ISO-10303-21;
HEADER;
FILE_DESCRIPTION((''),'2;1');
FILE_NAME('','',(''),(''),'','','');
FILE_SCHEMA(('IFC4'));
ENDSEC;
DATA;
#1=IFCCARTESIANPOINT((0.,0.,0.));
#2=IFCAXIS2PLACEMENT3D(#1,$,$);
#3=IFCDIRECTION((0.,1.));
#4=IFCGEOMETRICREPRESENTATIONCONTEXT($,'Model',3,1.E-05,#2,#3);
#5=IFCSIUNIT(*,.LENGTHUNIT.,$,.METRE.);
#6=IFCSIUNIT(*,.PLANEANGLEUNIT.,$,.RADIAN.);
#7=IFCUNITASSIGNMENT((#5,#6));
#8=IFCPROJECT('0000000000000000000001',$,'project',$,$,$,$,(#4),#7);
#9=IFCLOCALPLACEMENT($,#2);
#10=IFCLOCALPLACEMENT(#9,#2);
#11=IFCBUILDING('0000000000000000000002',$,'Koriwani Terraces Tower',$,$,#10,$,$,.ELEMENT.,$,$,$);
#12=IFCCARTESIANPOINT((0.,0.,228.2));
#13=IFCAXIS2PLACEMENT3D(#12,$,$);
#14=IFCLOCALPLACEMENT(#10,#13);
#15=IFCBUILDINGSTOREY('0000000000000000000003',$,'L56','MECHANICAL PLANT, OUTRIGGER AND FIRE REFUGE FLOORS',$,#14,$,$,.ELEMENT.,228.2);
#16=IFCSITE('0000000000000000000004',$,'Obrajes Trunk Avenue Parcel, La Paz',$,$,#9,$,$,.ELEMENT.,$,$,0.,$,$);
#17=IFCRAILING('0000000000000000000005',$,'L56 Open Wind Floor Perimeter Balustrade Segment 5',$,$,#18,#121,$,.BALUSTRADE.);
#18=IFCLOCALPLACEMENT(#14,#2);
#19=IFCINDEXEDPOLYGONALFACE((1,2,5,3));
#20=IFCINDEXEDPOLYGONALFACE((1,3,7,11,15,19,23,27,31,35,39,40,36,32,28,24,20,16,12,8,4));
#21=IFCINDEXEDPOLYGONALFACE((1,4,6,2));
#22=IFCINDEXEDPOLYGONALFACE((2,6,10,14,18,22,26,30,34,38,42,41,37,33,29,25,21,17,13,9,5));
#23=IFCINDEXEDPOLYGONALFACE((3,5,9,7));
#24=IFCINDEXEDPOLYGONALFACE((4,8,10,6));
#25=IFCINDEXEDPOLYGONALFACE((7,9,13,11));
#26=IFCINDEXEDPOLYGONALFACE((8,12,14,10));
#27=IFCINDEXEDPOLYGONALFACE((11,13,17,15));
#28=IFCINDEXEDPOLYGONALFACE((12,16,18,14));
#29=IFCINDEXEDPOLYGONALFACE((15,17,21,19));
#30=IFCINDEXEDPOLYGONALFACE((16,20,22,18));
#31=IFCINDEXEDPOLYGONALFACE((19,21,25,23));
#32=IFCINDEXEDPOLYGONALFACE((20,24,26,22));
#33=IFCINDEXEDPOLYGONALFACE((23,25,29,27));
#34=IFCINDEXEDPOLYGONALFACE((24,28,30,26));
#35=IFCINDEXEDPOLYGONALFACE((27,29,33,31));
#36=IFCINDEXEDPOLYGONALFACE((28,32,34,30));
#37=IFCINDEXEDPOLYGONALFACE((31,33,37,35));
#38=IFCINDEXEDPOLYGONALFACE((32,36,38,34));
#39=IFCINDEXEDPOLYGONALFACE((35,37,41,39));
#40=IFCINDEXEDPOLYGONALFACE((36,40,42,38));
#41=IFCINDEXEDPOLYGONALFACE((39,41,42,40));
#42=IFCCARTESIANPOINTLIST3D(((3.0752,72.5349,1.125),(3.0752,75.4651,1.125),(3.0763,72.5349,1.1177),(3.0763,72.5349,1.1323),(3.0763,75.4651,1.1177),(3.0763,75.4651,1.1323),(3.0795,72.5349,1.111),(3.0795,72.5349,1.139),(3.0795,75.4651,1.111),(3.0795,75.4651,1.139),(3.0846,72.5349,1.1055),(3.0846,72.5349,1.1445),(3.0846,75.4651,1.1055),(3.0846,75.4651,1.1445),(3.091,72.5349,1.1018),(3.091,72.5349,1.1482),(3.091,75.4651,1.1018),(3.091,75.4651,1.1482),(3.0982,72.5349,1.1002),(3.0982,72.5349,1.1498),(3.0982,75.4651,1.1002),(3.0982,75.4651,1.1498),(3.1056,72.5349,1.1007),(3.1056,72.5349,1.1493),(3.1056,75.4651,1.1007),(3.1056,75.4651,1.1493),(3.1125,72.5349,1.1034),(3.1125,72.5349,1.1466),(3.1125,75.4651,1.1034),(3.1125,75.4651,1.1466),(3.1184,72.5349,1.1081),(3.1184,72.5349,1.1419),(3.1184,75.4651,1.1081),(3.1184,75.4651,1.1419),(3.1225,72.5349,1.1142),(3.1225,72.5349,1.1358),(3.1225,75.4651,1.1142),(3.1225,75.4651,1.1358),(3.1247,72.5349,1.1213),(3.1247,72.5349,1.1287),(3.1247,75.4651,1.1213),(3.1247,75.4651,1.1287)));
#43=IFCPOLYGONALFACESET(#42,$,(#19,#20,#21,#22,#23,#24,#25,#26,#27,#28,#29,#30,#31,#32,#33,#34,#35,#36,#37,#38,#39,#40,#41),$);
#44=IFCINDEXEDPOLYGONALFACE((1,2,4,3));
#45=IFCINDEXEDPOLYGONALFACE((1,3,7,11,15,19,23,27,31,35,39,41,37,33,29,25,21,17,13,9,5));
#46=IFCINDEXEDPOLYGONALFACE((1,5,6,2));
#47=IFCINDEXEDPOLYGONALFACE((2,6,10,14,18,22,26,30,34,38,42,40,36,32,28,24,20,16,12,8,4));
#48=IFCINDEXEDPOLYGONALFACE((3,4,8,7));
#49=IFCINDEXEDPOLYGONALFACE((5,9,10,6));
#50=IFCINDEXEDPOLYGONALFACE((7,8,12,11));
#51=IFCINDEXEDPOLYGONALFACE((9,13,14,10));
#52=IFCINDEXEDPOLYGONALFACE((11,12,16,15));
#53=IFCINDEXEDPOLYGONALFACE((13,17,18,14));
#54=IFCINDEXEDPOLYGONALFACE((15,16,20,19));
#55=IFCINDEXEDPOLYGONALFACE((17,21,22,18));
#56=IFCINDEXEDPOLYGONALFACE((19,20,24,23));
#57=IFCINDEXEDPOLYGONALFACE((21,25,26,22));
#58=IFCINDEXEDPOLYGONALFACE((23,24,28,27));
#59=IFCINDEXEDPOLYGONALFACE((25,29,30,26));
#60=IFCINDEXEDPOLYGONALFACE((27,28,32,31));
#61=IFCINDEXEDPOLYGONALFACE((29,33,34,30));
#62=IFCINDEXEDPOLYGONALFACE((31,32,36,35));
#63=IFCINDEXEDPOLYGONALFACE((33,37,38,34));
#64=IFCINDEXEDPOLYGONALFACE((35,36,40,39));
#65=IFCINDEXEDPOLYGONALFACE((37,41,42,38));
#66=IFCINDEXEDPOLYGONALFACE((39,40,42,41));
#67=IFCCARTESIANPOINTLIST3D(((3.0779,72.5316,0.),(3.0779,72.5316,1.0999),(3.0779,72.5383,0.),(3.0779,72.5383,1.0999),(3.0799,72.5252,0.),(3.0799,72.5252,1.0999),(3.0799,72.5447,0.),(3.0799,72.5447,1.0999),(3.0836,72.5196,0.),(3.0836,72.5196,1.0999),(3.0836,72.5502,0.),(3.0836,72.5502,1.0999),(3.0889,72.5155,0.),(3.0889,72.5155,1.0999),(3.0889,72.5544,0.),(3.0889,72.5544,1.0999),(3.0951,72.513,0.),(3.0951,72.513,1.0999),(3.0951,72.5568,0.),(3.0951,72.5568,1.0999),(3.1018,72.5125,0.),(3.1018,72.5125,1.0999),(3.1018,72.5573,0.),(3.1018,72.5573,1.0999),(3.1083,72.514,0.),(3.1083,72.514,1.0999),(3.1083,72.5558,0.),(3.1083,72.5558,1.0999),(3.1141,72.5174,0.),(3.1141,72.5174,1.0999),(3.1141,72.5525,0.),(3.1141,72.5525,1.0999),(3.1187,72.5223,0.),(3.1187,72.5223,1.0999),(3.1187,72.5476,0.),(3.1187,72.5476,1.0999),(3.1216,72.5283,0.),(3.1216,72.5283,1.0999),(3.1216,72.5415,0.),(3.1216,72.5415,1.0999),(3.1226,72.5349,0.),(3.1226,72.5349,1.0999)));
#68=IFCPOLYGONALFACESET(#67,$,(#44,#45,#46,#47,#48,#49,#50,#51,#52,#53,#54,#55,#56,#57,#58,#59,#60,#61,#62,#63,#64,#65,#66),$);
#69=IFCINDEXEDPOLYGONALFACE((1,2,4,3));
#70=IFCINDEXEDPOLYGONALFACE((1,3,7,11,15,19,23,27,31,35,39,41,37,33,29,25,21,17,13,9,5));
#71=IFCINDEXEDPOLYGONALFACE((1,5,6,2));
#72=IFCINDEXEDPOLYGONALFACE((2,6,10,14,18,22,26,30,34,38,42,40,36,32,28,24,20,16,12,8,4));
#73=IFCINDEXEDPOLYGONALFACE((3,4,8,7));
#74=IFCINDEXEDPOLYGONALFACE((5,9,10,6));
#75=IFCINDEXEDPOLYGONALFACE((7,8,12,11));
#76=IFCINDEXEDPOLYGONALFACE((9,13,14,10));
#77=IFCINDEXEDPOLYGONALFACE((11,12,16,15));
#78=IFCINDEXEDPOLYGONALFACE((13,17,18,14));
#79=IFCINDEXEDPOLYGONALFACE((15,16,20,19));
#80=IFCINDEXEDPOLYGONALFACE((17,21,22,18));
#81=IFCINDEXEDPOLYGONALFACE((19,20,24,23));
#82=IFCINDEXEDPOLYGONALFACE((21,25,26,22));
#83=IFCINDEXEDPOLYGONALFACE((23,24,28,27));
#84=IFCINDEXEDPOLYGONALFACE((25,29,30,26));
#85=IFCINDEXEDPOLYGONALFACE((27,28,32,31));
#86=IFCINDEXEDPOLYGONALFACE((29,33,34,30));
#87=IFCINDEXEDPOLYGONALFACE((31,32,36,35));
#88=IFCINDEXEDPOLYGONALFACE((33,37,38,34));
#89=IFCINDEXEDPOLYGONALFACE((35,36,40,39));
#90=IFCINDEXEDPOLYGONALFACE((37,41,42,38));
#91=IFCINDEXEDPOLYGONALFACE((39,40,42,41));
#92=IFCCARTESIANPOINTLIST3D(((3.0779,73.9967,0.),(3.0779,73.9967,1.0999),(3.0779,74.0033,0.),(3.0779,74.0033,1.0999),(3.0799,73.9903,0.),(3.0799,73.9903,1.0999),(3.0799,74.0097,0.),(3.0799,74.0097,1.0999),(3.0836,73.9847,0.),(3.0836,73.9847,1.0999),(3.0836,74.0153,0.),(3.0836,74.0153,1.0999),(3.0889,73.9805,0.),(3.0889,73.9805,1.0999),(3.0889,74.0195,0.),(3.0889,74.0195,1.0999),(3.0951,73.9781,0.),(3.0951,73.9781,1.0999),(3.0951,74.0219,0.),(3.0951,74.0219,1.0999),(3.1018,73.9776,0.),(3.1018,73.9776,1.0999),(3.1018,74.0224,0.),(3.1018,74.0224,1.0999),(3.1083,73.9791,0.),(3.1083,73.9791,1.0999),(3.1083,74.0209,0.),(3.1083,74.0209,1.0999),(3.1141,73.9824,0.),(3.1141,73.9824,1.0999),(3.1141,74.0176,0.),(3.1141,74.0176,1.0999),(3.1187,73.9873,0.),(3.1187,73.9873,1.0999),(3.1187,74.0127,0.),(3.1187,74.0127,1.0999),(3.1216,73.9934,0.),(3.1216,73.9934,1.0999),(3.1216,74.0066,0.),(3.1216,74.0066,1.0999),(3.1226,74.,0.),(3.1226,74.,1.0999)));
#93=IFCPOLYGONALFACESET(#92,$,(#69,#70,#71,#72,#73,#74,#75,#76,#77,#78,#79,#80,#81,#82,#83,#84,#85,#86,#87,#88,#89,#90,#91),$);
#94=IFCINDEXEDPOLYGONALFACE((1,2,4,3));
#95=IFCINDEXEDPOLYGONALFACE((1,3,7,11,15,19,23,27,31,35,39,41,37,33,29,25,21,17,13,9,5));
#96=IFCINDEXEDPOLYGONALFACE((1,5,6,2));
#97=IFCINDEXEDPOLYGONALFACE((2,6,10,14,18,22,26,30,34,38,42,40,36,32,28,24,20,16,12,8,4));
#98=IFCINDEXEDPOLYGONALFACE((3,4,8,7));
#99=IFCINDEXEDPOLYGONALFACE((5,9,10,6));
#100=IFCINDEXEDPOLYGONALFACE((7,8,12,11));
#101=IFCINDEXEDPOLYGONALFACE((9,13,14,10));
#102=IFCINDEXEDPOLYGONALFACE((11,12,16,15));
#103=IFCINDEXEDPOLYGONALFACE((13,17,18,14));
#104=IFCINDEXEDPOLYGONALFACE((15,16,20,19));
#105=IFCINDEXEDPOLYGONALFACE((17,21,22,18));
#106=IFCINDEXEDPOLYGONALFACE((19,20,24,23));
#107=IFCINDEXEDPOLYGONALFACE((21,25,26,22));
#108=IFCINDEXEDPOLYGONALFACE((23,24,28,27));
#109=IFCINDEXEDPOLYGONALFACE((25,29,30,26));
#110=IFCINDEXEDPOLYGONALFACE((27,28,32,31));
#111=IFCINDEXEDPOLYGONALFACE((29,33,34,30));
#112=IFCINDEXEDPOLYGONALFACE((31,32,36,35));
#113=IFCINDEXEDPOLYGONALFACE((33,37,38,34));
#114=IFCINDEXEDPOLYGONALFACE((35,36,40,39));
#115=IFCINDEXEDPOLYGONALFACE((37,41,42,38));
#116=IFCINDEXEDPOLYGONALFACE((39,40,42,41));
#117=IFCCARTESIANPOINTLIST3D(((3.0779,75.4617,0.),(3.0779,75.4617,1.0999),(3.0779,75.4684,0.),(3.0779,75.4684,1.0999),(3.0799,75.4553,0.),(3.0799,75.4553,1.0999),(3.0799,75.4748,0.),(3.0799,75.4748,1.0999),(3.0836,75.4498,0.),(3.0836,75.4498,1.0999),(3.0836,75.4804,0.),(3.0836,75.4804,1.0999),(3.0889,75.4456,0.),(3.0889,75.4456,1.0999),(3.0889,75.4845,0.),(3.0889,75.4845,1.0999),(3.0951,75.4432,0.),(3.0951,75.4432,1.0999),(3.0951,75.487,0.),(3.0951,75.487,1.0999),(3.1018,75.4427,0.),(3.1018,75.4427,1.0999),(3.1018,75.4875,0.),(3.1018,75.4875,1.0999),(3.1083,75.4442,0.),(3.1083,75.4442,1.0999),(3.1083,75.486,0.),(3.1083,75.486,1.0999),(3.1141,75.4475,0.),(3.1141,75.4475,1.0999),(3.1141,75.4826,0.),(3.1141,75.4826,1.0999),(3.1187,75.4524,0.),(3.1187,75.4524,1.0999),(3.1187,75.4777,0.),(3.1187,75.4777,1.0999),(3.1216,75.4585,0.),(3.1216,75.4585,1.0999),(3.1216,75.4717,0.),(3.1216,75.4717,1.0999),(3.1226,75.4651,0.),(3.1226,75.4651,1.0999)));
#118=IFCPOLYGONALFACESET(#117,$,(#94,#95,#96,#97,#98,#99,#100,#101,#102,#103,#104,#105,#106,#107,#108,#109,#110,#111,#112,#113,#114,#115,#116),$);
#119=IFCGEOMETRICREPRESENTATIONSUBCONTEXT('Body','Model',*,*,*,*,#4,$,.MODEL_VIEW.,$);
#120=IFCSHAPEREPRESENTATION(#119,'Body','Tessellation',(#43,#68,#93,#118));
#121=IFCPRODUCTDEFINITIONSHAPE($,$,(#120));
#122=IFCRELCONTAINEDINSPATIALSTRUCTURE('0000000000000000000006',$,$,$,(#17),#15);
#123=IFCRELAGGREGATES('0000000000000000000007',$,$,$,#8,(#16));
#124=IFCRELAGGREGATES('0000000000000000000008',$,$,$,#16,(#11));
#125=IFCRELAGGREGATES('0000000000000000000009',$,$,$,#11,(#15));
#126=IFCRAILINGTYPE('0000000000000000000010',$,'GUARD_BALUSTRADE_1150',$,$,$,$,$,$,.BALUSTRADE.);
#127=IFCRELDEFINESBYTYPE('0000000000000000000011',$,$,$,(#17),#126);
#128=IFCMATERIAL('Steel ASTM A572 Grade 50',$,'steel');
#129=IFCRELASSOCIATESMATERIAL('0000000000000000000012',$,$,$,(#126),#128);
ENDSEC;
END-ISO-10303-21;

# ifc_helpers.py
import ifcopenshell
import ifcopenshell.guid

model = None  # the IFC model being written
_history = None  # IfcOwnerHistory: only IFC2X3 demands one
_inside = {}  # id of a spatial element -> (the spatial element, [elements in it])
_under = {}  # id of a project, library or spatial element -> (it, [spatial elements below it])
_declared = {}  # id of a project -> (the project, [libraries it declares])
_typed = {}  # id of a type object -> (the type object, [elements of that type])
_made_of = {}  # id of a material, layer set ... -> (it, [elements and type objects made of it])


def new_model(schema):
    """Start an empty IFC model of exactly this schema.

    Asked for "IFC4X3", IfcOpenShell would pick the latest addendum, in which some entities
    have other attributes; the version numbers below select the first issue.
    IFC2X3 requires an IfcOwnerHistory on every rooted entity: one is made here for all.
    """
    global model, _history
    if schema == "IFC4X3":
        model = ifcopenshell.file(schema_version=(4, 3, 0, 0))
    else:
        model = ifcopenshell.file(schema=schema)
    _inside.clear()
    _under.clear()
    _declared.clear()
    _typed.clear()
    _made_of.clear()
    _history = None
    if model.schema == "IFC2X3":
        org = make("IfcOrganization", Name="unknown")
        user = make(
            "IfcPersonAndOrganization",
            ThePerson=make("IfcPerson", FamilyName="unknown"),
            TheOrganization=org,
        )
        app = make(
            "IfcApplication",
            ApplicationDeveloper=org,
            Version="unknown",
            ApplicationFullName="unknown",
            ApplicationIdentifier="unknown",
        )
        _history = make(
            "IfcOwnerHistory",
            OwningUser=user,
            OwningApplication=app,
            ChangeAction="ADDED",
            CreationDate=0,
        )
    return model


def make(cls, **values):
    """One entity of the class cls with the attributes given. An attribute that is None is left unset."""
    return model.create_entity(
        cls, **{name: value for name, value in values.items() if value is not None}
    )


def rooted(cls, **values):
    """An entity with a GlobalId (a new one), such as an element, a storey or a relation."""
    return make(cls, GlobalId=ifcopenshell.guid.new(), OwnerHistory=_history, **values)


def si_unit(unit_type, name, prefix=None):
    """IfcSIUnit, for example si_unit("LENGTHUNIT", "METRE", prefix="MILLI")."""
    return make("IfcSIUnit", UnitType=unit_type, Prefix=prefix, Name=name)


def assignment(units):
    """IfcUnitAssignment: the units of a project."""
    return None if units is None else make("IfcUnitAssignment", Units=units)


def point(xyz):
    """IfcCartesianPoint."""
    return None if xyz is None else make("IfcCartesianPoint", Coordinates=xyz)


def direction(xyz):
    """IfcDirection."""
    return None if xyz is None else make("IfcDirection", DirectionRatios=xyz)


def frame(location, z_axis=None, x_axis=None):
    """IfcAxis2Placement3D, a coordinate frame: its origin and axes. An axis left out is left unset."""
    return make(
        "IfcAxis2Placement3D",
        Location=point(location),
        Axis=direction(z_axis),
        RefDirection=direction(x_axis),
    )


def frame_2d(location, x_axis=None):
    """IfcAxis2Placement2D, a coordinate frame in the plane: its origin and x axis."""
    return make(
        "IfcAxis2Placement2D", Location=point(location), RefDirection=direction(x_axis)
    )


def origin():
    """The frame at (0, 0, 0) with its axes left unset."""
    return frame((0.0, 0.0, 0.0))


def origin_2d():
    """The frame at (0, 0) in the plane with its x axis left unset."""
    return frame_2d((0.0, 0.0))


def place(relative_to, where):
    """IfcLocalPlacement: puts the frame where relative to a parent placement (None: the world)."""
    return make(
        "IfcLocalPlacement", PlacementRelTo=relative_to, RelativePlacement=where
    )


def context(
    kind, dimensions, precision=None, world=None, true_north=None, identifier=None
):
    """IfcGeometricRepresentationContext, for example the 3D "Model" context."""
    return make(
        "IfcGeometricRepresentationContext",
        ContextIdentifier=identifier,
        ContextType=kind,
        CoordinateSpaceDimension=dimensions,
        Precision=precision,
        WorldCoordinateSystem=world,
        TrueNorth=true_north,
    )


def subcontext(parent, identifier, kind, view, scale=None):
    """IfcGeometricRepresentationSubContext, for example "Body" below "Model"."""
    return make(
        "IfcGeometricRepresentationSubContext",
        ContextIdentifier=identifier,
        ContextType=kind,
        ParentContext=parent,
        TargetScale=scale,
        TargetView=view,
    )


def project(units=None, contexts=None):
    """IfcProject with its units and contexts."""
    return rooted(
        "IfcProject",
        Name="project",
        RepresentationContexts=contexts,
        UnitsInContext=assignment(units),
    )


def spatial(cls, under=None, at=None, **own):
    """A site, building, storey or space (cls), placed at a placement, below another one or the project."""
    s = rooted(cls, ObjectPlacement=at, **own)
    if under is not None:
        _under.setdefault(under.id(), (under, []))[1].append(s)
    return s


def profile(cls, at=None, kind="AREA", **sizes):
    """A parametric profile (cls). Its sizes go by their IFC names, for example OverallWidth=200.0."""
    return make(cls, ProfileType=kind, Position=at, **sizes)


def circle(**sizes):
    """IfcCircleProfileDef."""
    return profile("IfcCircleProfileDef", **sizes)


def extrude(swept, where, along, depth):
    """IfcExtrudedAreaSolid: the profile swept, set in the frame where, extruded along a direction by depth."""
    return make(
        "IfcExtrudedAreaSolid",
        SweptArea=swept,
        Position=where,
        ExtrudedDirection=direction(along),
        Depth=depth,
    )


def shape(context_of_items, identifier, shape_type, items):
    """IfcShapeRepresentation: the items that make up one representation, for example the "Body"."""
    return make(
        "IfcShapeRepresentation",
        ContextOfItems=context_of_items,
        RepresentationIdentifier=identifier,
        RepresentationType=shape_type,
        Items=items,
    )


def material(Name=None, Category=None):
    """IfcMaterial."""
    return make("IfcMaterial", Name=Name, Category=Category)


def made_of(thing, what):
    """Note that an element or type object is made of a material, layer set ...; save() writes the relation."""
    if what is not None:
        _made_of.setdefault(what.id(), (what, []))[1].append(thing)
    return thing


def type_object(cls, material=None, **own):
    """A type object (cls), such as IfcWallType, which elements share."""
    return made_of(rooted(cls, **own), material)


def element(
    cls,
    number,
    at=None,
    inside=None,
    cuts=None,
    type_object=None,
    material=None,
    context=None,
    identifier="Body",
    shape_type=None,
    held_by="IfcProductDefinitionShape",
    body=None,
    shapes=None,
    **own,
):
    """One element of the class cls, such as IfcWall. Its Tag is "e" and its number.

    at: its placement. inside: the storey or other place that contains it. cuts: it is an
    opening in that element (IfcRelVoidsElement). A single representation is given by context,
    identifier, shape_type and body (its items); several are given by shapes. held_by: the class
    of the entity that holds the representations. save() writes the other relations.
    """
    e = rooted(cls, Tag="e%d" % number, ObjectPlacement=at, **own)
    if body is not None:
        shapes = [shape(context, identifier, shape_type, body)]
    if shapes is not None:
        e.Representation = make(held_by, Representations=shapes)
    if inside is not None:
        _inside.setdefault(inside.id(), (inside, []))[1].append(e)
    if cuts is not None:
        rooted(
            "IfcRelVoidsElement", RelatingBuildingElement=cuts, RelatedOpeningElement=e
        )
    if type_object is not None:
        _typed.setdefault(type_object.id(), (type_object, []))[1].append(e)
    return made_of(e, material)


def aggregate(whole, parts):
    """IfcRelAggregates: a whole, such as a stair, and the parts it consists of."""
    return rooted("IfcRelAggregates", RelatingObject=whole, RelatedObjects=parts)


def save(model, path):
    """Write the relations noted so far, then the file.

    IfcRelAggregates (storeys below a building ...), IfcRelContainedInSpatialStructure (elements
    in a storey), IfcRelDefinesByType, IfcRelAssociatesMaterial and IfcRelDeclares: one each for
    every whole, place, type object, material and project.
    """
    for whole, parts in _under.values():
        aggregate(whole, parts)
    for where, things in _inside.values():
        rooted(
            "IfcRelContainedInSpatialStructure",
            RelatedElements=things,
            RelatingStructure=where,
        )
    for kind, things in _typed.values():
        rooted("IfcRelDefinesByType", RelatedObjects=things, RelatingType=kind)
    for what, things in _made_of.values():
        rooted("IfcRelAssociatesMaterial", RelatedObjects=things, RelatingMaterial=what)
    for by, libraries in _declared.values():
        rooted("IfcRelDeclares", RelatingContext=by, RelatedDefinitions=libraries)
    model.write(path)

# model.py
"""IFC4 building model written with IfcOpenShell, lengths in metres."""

from ifc_helpers import new_model, si_unit, direction, frame, origin, origin_2d, place, context, subcontext, project, spatial, circle, extrude, material, type_object, element, save


model = new_model("IFC4")

# Units and contexts
model_context = context("Model", 3, precision=1e-05, world=origin(), true_north=direction((0.0, 1.0)))
body_context = subcontext(model_context, "Body", "Model", "MODEL_VIEW")
ifc_project = project(units=[si_unit("LENGTHUNIT", "METRE"), si_unit("PLANEANGLEUNIT", "RADIAN")], contexts=[model_context])

# Site, building, storey
site_placement = place(None, origin())
site = spatial("IfcSite", under=ifc_project, at=site_placement, Name="Obrajes Trunk Avenue Parcel, La Paz", CompositionType="ELEMENT", RefElevation=0.0)
building_placement = place(site_placement, origin())
building = spatial("IfcBuilding", under=site, at=building_placement, Name="Koriwani Terraces Tower", CompositionType="ELEMENT")
storey_placement = place(building_placement, frame((0.0, 0.0, 228.2)))
storey = spatial("IfcBuildingStorey", under=building, at=storey_placement, Name="L56", Description="MECHANICAL PLANT, OUTRIGGER AND FIRE REFUGE FLOORS", CompositionType="ELEMENT", Elevation=228.2)

# Shared definitions
ifc_material_1 = material(Name="Steel ASTM A572 Grade 50", Category="steel")

# Railing
railing_type = type_object("IfcRailingType", Name="GUARD_BALUSTRADE_1150", PredefinedType="BALUSTRADE", material=ifc_material_1)
railing_1_placement = place(storey_placement, frame((3.1001, 72.5349, 0.0)))
element("IfcRailing", 1, at=railing_1_placement, inside=storey, type_object=railing_type, Name="L56 Open Wind Floor Perimeter Balustrade Segment 5", PredefinedType="BALUSTRADE", context=body_context, shape_type="SweptSolid", body=[
    extrude(circle(Radius=0.0249, at=origin_2d()), frame((0.0, 0.0, 1.125), z_axis=(0.0, 1.0, 0.0), x_axis=(-1.0, 0.0, 0.0)), (0.0, 0.0, 1.0), 2.9302),
    extrude(circle(Radius=0.0225, at=origin_2d()), origin(), (0.0, 0.0, 1.0), 1.0999),
    extrude(circle(Radius=0.0225, at=origin_2d()), frame((0.0, 1.4651, 0.0)), (0.0, 0.0, 1.0), 1.0999),
    extrude(circle(Radius=0.0225, at=origin_2d()), frame((0.0, 2.9302, 0.0)), (0.0, 0.0, 1.0), 1.0999),
])

save(model, "model.ifc")
